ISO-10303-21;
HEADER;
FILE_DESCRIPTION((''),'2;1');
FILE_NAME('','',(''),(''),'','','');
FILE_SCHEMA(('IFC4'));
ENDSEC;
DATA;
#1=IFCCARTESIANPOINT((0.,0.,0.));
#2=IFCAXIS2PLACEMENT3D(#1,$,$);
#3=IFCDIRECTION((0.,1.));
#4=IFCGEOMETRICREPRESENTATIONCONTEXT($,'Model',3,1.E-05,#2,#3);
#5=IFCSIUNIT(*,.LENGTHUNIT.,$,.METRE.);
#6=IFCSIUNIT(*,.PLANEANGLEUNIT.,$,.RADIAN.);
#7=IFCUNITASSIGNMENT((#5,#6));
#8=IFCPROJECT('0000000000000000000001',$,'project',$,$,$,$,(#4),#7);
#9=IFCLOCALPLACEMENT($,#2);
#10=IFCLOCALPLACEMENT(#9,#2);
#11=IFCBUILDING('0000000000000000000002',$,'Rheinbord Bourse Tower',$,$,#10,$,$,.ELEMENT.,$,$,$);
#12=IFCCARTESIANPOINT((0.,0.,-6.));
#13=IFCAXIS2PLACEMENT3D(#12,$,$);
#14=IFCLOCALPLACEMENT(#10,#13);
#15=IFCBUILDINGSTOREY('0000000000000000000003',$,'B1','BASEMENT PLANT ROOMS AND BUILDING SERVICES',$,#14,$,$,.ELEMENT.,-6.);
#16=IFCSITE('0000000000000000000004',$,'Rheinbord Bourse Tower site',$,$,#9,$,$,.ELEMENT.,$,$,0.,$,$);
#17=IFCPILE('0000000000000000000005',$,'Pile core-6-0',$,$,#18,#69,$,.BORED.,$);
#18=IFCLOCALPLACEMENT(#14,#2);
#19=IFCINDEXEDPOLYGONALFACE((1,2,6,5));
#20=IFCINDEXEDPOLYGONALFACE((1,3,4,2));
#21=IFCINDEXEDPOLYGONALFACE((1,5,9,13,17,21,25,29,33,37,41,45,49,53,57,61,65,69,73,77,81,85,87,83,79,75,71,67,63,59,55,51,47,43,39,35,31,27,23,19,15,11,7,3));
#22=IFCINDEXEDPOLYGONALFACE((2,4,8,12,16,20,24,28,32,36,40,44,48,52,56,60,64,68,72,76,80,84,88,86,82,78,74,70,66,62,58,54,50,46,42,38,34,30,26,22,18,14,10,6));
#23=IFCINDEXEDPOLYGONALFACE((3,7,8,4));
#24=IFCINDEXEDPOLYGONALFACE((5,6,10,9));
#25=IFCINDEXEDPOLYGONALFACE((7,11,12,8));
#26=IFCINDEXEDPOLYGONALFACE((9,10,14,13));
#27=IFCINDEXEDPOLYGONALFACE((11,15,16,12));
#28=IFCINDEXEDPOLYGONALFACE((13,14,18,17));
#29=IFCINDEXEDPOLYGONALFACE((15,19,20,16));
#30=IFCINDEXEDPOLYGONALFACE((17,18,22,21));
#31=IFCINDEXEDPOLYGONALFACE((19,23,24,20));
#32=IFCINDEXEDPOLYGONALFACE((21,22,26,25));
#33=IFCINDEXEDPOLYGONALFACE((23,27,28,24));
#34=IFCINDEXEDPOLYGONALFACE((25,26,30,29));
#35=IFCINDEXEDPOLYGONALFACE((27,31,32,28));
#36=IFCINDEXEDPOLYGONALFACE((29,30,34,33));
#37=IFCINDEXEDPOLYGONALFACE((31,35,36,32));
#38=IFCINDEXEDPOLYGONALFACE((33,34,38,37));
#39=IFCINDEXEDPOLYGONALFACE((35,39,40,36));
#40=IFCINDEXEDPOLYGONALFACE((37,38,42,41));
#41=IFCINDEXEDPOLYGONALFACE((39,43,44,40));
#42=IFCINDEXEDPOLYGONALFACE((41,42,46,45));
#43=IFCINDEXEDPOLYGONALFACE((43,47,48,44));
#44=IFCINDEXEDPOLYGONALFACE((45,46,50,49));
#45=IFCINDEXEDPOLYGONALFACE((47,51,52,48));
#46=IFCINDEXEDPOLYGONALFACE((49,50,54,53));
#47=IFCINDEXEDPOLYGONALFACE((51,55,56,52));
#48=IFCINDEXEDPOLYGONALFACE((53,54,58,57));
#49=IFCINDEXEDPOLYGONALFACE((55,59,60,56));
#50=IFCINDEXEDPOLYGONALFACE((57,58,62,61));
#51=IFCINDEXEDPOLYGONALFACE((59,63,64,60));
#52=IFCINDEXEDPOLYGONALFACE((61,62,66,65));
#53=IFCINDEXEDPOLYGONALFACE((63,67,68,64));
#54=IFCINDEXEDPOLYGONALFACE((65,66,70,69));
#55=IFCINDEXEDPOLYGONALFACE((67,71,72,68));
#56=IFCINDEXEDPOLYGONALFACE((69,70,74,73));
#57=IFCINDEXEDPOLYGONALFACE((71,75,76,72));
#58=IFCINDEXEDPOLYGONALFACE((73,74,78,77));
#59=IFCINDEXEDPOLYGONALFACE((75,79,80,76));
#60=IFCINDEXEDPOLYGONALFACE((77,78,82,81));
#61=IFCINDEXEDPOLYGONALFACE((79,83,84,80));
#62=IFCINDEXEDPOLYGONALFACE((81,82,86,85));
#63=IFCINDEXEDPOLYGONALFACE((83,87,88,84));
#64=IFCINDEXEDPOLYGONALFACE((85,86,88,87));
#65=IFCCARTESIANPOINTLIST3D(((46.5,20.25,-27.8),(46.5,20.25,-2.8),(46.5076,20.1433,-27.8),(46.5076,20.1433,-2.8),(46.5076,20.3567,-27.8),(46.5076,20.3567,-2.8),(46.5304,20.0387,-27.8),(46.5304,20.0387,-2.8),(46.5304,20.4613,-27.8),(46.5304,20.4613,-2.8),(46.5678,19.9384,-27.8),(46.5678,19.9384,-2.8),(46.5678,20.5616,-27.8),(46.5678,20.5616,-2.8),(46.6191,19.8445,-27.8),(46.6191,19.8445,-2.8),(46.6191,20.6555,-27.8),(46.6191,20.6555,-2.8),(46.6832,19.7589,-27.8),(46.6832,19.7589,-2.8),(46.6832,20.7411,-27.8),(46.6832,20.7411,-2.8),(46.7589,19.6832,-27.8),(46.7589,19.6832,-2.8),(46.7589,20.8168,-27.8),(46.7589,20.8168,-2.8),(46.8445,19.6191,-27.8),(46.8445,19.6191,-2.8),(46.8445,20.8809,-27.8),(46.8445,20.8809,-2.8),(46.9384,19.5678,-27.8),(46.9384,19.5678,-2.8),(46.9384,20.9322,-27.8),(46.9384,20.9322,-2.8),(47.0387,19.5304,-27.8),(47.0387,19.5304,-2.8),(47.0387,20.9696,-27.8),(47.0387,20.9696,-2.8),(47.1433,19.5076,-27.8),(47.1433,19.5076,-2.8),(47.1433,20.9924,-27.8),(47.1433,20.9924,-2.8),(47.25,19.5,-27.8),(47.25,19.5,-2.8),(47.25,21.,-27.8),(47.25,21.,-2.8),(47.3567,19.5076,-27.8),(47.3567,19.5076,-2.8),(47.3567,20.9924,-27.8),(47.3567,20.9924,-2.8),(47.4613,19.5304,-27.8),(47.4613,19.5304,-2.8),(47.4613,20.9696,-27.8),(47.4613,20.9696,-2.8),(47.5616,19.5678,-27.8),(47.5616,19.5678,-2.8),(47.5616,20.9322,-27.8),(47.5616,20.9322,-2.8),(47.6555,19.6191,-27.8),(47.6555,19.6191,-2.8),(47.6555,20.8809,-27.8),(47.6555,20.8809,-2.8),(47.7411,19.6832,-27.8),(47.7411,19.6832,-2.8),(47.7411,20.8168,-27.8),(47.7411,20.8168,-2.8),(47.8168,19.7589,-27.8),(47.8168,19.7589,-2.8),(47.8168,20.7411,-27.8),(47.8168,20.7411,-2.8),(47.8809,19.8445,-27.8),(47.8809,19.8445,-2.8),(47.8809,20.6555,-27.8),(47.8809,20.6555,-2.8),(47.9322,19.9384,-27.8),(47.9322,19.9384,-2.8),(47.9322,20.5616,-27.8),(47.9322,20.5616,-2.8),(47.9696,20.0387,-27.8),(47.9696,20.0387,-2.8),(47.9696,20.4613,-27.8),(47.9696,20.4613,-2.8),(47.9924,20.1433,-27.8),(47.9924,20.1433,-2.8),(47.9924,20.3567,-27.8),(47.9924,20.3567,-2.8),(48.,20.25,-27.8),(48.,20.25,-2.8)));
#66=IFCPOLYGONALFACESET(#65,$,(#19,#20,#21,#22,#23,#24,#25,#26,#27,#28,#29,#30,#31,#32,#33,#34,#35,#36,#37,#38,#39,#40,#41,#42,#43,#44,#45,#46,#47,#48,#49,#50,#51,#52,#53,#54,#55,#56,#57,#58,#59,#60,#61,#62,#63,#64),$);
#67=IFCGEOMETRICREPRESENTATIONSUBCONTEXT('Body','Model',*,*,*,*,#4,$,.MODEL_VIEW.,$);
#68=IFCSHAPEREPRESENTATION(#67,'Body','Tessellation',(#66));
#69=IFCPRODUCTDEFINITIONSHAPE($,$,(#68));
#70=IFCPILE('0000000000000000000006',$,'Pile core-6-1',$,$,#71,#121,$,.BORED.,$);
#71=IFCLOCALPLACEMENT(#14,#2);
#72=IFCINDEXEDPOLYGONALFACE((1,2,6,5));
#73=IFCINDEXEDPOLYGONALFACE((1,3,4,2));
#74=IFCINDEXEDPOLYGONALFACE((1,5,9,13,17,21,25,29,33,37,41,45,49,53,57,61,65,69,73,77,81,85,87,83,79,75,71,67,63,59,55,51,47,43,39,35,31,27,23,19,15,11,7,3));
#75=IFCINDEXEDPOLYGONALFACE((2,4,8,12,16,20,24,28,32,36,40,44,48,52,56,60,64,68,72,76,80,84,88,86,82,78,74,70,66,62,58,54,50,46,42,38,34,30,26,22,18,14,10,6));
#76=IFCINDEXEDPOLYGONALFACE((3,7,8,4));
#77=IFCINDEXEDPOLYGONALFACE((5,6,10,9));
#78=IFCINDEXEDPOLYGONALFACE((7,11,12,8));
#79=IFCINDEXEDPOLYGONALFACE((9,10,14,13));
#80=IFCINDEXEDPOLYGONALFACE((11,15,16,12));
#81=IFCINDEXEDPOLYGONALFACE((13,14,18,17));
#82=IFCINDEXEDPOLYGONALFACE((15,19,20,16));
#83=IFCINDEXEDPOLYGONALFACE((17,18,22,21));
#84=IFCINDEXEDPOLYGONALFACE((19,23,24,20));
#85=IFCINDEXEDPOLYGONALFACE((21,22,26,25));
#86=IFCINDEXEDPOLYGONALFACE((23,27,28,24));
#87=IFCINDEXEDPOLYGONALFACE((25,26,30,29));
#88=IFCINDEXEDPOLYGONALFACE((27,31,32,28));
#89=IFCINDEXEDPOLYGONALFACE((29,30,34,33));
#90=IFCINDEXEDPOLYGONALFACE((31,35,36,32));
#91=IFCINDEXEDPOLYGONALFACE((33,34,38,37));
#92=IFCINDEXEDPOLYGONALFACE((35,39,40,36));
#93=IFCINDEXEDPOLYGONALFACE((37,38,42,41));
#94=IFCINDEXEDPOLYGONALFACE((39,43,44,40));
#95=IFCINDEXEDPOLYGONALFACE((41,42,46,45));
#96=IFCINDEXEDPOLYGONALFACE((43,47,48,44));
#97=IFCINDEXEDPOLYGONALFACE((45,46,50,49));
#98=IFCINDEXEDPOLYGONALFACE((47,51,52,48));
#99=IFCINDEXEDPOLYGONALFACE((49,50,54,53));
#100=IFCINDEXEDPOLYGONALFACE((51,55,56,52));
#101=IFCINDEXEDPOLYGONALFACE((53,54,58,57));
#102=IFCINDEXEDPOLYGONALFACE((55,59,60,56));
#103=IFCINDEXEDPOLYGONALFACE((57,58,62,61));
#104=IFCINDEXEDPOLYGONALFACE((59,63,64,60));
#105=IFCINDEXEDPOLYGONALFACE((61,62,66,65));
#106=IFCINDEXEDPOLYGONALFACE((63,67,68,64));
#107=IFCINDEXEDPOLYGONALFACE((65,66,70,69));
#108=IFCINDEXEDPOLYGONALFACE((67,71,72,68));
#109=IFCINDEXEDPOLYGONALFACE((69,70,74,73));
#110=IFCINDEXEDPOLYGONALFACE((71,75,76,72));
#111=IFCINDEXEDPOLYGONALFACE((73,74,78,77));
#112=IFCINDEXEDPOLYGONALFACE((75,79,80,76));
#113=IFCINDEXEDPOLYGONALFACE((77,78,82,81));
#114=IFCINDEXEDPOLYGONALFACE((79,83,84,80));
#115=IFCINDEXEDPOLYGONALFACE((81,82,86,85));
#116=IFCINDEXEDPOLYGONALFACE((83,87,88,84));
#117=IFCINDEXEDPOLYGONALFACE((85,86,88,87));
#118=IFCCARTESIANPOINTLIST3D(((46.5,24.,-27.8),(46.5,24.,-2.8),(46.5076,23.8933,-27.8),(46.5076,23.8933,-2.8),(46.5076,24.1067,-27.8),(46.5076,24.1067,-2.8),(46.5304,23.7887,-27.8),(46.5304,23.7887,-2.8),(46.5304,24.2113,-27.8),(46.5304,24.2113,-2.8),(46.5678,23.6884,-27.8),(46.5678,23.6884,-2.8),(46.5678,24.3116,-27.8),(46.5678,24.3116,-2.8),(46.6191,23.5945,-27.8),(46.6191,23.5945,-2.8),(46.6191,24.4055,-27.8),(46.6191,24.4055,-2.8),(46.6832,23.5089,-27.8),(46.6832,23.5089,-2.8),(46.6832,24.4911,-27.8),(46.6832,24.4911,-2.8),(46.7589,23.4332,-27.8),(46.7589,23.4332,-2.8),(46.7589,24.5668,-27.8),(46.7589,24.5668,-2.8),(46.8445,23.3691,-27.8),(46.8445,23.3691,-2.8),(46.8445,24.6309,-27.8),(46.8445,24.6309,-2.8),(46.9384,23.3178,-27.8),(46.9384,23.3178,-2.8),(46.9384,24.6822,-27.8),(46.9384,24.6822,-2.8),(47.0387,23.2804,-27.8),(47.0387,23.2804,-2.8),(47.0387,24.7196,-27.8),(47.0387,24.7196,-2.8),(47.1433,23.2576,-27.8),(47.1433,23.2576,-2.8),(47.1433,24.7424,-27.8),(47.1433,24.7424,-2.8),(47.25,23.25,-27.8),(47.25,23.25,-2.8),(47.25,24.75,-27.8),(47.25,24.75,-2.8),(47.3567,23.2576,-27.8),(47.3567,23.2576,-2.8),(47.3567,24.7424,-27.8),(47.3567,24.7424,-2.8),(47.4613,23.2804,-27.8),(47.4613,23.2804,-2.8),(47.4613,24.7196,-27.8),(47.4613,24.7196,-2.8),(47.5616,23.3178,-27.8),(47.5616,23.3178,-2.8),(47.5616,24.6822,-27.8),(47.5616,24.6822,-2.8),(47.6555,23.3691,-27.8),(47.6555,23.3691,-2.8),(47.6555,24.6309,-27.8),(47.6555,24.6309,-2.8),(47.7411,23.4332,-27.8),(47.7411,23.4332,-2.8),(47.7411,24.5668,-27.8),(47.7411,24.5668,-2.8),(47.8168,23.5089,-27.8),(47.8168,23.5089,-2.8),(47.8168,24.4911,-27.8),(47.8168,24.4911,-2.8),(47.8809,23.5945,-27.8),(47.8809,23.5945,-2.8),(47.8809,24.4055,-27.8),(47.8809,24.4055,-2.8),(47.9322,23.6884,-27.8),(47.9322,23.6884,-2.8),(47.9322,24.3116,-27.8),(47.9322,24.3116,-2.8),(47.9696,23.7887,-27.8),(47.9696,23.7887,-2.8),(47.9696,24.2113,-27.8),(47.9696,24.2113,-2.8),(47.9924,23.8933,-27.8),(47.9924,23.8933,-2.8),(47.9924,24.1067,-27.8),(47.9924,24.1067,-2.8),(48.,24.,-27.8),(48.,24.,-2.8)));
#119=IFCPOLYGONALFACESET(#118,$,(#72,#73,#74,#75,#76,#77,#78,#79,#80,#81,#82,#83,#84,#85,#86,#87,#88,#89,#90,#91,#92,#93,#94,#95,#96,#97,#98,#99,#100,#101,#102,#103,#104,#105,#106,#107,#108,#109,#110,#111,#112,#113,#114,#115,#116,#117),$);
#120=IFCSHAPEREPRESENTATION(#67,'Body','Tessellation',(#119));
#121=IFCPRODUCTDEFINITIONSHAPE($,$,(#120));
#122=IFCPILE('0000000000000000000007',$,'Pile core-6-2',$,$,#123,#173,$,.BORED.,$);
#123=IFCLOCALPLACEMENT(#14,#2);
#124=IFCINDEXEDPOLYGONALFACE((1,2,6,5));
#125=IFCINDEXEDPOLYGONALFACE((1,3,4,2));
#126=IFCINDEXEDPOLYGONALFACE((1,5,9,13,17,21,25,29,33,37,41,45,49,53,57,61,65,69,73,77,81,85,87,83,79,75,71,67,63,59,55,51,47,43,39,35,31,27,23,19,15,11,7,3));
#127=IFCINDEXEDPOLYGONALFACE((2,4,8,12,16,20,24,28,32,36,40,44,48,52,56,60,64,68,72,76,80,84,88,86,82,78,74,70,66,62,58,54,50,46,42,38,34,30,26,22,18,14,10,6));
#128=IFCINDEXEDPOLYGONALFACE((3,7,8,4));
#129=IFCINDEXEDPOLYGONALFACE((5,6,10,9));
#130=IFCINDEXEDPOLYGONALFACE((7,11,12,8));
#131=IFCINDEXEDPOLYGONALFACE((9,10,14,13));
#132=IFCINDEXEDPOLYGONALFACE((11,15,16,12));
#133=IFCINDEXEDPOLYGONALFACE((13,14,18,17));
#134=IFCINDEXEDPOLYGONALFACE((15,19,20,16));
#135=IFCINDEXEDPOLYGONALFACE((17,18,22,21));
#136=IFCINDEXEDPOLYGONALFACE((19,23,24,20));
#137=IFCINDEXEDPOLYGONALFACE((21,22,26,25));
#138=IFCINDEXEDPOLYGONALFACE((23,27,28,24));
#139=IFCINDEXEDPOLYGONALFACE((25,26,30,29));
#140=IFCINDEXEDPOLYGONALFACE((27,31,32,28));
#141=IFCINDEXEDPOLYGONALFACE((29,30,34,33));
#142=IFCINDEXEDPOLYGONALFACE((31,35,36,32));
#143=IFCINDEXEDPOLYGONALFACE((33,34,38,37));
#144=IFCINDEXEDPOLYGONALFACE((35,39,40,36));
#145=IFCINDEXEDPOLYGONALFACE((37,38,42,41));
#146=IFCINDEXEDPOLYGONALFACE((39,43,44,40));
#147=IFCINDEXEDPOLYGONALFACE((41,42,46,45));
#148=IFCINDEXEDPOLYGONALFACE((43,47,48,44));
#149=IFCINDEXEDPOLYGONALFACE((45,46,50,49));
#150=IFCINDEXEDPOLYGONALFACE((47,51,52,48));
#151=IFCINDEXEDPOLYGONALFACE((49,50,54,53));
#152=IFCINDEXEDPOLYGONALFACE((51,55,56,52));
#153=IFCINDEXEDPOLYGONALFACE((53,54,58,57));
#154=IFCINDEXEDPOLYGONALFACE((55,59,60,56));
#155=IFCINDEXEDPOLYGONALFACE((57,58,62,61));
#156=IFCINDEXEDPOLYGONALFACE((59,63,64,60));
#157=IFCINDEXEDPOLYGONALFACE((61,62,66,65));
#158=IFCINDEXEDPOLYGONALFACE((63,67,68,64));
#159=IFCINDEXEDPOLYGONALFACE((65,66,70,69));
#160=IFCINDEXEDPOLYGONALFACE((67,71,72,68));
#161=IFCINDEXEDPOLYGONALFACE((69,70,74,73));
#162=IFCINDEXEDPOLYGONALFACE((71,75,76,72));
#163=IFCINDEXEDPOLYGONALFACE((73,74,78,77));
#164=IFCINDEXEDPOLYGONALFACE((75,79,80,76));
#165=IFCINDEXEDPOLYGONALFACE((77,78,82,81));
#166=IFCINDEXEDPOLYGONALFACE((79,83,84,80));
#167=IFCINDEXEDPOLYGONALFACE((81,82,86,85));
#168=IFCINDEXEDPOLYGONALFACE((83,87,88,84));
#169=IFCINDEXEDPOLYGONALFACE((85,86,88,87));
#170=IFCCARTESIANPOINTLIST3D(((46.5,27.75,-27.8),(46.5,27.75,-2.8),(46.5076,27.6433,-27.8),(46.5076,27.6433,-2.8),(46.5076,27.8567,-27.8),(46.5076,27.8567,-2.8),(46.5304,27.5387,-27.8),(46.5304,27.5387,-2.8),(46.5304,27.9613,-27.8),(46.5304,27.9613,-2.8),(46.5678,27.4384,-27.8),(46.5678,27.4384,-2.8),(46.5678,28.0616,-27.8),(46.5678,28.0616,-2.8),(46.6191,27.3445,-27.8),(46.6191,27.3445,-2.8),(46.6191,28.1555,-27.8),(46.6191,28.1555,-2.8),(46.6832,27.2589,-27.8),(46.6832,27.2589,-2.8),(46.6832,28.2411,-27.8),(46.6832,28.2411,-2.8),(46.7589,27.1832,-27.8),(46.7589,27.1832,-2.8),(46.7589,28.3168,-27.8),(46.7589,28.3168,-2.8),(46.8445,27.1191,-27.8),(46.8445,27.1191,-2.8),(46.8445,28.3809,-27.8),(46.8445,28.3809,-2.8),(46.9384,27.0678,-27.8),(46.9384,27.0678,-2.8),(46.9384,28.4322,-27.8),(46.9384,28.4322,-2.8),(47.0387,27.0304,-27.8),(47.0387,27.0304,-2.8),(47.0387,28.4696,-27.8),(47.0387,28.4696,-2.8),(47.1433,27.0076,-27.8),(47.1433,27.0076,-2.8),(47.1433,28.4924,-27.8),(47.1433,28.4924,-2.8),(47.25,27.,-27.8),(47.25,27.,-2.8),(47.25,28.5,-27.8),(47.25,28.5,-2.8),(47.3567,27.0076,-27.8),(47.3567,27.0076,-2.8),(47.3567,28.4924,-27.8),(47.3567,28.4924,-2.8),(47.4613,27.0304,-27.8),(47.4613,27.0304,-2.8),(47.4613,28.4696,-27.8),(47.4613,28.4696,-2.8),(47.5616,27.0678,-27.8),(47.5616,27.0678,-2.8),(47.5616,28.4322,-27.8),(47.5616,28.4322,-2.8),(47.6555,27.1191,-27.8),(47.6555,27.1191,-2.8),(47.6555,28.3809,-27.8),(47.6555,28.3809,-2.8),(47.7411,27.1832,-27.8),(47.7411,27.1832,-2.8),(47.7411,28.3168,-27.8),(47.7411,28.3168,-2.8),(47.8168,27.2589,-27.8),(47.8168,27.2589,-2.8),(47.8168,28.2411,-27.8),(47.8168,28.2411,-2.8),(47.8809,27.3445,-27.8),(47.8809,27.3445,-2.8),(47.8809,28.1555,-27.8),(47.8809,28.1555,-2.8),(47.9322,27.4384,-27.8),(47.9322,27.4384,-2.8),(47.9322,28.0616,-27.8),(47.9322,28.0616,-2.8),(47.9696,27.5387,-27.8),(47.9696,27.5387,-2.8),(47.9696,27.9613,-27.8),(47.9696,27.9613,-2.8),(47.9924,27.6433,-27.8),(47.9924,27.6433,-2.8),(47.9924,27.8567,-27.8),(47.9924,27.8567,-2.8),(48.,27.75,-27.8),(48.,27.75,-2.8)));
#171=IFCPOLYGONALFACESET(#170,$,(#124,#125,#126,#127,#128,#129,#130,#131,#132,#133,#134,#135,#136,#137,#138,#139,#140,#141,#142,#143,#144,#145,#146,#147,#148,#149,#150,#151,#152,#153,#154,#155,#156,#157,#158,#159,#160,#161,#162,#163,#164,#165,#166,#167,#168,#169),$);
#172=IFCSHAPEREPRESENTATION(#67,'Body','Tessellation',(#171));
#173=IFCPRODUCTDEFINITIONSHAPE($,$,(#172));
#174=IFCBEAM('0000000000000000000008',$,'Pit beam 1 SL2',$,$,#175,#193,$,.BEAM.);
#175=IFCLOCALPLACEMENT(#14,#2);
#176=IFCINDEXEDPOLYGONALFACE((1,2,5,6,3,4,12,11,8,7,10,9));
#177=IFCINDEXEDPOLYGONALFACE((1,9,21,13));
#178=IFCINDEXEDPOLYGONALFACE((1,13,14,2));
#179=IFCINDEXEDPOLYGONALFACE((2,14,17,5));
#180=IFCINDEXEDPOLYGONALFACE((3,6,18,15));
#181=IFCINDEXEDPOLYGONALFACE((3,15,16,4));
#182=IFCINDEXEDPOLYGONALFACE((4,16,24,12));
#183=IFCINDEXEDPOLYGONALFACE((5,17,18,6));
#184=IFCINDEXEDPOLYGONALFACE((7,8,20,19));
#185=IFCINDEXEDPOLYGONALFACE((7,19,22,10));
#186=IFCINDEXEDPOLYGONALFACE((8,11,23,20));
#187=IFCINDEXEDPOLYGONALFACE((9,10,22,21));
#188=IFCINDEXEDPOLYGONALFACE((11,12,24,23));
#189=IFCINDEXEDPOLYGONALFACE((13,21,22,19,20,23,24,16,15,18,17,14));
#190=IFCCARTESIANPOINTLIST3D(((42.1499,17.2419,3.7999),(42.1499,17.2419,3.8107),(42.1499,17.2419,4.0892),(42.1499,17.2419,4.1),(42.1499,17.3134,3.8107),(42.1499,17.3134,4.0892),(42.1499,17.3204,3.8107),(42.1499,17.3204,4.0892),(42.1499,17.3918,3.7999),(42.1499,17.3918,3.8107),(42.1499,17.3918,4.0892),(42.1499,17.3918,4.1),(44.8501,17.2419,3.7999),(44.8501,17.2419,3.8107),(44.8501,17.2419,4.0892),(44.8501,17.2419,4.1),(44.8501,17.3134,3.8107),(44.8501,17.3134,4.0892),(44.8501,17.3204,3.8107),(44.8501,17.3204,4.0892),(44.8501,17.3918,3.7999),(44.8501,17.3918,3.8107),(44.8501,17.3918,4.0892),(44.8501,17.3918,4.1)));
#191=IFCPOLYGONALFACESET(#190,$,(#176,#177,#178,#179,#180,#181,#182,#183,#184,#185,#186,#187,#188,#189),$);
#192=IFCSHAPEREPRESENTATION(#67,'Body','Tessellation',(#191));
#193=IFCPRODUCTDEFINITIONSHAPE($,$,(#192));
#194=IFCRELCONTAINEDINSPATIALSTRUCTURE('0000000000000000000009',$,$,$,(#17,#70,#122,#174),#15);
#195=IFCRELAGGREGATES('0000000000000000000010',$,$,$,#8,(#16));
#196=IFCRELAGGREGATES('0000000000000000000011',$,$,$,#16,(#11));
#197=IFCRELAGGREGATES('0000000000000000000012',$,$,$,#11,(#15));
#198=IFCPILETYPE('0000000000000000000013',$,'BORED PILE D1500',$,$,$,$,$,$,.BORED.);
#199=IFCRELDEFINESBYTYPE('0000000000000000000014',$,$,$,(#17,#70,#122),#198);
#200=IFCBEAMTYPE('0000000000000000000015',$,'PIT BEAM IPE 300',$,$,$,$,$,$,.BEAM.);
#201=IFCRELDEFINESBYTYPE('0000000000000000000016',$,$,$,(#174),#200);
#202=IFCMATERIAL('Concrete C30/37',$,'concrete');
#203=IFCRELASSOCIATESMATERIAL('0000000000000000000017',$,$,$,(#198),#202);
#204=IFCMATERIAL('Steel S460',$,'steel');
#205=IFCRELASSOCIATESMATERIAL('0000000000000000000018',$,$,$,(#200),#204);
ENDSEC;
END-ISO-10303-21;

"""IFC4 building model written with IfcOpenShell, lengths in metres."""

from ifc_helpers import new_model, si_unit, direction, frame, origin, origin_2d, place, context, subcontext, project, spatial, circle, i_section, extrude, material, material_profile, profile_set, type_object, element, save


model = new_model("IFC4")

# Units and contexts
model_context = context("Model", 3, precision=1e-05, world=origin(), true_north=direction((0.0, 1.0)))
body_context = subcontext(model_context, "Body", "Model", "MODEL_VIEW")
ifc_project = project(units=[si_unit("LENGTHUNIT", "METRE"), si_unit("PLANEANGLEUNIT", "RADIAN")], contexts=[model_context])

# Site, building, storey
site_placement = place(None, origin())
site = spatial("IfcSite", under=ifc_project, at=site_placement, Name="Rheinbord Bourse Tower site", CompositionType="ELEMENT", RefElevation=0.0)
building_placement = place(site_placement, origin())
building = spatial("IfcBuilding", under=site, at=building_placement, Name="Rheinbord Bourse Tower", CompositionType="ELEMENT")
storey_placement = place(building_placement, frame((0.0, 0.0, -6.0)))
storey = spatial("IfcBuildingStorey", under=building, at=storey_placement, Name="B1", Description="BASEMENT PLANT ROOMS AND BUILDING SERVICES", CompositionType="ELEMENT", Elevation=-6.0)

# Piles
ifc_material_1 = material(Name="Concrete C30/37", Category="concrete")
ifc_material_profile_1 = material_profile(ifc_material_1, circle(Radius=0.75, at=origin_2d()), Name="D1500")
ifc_profile_set_1 = profile_set([ifc_material_profile_1], Name="Concrete C30/37")
pile_type = type_object("IfcPileType", Name="BORED PILE D1500", PredefinedType="BORED", material=ifc_profile_set_1)
for number, where, z_axis, x_axis, name in (
    (1, (47.25, 20.25, -2.8), (0.0, 0.0, -1.0), (1.0, 0.0, 0.0), "Pile core-6-0"),
    (2, (47.25, 24.0, -2.8), (0.0, 0.0, -1.0), (1.0, 0.0, 0.0), "Pile core-6-1"),
    (3, (47.25, 27.75, -2.8), (0.0, 0.0, -1.0), (1.0, 0.0, 0.0), "Pile core-6-2"),
):
    element("IfcPile", number, at=place(storey_placement, frame(where, z_axis=z_axis, x_axis=x_axis)), inside=storey, type_object=pile_type, Name=name, PredefinedType="BORED", context=body_context, shape_type="SweptSolid", body=[
        extrude(circle(Radius=0.75, at=origin_2d()), origin(), (0.0, 0.0, 1.0), 25.0),
    ])

# Beam
ifc_material_2 = material(Name="Steel S460", Category="steel")
ifc_material_profile_2 = material_profile(ifc_material_2, i_section(OverallWidth=0.1499, OverallDepth=0.3, WebThickness=0.0071, FlangeThickness=0.0107, at=origin_2d()), Name="IPE 300")
ifc_profile_set_2 = profile_set([ifc_material_profile_2], Name="Steel S460")
beam_type = type_object("IfcBeamType", Name="PIT BEAM IPE 300", PredefinedType="BEAM", material=ifc_profile_set_2)
for number, where, z_axis, x_axis, name in (
    (4, (42.1499, 17.3169, 3.95), (1.0, 0.0, 0.0), (0.0, 1.0, 0.0), "Pit beam 1 SL2"),
):
    element("IfcBeam", number, at=place(storey_placement, frame(where, z_axis=z_axis, x_axis=x_axis)), inside=storey, type_object=beam_type, Name=name, PredefinedType="BEAM", context=body_context, shape_type="SweptSolid", body=[
        extrude(i_section(OverallWidth=0.1499, OverallDepth=0.3, WebThickness=0.0071, FlangeThickness=0.0107, at=origin_2d()), origin(), (0.0, 0.0, 1.0), 2.7002),
    ])

save(model, "model.ifc")
